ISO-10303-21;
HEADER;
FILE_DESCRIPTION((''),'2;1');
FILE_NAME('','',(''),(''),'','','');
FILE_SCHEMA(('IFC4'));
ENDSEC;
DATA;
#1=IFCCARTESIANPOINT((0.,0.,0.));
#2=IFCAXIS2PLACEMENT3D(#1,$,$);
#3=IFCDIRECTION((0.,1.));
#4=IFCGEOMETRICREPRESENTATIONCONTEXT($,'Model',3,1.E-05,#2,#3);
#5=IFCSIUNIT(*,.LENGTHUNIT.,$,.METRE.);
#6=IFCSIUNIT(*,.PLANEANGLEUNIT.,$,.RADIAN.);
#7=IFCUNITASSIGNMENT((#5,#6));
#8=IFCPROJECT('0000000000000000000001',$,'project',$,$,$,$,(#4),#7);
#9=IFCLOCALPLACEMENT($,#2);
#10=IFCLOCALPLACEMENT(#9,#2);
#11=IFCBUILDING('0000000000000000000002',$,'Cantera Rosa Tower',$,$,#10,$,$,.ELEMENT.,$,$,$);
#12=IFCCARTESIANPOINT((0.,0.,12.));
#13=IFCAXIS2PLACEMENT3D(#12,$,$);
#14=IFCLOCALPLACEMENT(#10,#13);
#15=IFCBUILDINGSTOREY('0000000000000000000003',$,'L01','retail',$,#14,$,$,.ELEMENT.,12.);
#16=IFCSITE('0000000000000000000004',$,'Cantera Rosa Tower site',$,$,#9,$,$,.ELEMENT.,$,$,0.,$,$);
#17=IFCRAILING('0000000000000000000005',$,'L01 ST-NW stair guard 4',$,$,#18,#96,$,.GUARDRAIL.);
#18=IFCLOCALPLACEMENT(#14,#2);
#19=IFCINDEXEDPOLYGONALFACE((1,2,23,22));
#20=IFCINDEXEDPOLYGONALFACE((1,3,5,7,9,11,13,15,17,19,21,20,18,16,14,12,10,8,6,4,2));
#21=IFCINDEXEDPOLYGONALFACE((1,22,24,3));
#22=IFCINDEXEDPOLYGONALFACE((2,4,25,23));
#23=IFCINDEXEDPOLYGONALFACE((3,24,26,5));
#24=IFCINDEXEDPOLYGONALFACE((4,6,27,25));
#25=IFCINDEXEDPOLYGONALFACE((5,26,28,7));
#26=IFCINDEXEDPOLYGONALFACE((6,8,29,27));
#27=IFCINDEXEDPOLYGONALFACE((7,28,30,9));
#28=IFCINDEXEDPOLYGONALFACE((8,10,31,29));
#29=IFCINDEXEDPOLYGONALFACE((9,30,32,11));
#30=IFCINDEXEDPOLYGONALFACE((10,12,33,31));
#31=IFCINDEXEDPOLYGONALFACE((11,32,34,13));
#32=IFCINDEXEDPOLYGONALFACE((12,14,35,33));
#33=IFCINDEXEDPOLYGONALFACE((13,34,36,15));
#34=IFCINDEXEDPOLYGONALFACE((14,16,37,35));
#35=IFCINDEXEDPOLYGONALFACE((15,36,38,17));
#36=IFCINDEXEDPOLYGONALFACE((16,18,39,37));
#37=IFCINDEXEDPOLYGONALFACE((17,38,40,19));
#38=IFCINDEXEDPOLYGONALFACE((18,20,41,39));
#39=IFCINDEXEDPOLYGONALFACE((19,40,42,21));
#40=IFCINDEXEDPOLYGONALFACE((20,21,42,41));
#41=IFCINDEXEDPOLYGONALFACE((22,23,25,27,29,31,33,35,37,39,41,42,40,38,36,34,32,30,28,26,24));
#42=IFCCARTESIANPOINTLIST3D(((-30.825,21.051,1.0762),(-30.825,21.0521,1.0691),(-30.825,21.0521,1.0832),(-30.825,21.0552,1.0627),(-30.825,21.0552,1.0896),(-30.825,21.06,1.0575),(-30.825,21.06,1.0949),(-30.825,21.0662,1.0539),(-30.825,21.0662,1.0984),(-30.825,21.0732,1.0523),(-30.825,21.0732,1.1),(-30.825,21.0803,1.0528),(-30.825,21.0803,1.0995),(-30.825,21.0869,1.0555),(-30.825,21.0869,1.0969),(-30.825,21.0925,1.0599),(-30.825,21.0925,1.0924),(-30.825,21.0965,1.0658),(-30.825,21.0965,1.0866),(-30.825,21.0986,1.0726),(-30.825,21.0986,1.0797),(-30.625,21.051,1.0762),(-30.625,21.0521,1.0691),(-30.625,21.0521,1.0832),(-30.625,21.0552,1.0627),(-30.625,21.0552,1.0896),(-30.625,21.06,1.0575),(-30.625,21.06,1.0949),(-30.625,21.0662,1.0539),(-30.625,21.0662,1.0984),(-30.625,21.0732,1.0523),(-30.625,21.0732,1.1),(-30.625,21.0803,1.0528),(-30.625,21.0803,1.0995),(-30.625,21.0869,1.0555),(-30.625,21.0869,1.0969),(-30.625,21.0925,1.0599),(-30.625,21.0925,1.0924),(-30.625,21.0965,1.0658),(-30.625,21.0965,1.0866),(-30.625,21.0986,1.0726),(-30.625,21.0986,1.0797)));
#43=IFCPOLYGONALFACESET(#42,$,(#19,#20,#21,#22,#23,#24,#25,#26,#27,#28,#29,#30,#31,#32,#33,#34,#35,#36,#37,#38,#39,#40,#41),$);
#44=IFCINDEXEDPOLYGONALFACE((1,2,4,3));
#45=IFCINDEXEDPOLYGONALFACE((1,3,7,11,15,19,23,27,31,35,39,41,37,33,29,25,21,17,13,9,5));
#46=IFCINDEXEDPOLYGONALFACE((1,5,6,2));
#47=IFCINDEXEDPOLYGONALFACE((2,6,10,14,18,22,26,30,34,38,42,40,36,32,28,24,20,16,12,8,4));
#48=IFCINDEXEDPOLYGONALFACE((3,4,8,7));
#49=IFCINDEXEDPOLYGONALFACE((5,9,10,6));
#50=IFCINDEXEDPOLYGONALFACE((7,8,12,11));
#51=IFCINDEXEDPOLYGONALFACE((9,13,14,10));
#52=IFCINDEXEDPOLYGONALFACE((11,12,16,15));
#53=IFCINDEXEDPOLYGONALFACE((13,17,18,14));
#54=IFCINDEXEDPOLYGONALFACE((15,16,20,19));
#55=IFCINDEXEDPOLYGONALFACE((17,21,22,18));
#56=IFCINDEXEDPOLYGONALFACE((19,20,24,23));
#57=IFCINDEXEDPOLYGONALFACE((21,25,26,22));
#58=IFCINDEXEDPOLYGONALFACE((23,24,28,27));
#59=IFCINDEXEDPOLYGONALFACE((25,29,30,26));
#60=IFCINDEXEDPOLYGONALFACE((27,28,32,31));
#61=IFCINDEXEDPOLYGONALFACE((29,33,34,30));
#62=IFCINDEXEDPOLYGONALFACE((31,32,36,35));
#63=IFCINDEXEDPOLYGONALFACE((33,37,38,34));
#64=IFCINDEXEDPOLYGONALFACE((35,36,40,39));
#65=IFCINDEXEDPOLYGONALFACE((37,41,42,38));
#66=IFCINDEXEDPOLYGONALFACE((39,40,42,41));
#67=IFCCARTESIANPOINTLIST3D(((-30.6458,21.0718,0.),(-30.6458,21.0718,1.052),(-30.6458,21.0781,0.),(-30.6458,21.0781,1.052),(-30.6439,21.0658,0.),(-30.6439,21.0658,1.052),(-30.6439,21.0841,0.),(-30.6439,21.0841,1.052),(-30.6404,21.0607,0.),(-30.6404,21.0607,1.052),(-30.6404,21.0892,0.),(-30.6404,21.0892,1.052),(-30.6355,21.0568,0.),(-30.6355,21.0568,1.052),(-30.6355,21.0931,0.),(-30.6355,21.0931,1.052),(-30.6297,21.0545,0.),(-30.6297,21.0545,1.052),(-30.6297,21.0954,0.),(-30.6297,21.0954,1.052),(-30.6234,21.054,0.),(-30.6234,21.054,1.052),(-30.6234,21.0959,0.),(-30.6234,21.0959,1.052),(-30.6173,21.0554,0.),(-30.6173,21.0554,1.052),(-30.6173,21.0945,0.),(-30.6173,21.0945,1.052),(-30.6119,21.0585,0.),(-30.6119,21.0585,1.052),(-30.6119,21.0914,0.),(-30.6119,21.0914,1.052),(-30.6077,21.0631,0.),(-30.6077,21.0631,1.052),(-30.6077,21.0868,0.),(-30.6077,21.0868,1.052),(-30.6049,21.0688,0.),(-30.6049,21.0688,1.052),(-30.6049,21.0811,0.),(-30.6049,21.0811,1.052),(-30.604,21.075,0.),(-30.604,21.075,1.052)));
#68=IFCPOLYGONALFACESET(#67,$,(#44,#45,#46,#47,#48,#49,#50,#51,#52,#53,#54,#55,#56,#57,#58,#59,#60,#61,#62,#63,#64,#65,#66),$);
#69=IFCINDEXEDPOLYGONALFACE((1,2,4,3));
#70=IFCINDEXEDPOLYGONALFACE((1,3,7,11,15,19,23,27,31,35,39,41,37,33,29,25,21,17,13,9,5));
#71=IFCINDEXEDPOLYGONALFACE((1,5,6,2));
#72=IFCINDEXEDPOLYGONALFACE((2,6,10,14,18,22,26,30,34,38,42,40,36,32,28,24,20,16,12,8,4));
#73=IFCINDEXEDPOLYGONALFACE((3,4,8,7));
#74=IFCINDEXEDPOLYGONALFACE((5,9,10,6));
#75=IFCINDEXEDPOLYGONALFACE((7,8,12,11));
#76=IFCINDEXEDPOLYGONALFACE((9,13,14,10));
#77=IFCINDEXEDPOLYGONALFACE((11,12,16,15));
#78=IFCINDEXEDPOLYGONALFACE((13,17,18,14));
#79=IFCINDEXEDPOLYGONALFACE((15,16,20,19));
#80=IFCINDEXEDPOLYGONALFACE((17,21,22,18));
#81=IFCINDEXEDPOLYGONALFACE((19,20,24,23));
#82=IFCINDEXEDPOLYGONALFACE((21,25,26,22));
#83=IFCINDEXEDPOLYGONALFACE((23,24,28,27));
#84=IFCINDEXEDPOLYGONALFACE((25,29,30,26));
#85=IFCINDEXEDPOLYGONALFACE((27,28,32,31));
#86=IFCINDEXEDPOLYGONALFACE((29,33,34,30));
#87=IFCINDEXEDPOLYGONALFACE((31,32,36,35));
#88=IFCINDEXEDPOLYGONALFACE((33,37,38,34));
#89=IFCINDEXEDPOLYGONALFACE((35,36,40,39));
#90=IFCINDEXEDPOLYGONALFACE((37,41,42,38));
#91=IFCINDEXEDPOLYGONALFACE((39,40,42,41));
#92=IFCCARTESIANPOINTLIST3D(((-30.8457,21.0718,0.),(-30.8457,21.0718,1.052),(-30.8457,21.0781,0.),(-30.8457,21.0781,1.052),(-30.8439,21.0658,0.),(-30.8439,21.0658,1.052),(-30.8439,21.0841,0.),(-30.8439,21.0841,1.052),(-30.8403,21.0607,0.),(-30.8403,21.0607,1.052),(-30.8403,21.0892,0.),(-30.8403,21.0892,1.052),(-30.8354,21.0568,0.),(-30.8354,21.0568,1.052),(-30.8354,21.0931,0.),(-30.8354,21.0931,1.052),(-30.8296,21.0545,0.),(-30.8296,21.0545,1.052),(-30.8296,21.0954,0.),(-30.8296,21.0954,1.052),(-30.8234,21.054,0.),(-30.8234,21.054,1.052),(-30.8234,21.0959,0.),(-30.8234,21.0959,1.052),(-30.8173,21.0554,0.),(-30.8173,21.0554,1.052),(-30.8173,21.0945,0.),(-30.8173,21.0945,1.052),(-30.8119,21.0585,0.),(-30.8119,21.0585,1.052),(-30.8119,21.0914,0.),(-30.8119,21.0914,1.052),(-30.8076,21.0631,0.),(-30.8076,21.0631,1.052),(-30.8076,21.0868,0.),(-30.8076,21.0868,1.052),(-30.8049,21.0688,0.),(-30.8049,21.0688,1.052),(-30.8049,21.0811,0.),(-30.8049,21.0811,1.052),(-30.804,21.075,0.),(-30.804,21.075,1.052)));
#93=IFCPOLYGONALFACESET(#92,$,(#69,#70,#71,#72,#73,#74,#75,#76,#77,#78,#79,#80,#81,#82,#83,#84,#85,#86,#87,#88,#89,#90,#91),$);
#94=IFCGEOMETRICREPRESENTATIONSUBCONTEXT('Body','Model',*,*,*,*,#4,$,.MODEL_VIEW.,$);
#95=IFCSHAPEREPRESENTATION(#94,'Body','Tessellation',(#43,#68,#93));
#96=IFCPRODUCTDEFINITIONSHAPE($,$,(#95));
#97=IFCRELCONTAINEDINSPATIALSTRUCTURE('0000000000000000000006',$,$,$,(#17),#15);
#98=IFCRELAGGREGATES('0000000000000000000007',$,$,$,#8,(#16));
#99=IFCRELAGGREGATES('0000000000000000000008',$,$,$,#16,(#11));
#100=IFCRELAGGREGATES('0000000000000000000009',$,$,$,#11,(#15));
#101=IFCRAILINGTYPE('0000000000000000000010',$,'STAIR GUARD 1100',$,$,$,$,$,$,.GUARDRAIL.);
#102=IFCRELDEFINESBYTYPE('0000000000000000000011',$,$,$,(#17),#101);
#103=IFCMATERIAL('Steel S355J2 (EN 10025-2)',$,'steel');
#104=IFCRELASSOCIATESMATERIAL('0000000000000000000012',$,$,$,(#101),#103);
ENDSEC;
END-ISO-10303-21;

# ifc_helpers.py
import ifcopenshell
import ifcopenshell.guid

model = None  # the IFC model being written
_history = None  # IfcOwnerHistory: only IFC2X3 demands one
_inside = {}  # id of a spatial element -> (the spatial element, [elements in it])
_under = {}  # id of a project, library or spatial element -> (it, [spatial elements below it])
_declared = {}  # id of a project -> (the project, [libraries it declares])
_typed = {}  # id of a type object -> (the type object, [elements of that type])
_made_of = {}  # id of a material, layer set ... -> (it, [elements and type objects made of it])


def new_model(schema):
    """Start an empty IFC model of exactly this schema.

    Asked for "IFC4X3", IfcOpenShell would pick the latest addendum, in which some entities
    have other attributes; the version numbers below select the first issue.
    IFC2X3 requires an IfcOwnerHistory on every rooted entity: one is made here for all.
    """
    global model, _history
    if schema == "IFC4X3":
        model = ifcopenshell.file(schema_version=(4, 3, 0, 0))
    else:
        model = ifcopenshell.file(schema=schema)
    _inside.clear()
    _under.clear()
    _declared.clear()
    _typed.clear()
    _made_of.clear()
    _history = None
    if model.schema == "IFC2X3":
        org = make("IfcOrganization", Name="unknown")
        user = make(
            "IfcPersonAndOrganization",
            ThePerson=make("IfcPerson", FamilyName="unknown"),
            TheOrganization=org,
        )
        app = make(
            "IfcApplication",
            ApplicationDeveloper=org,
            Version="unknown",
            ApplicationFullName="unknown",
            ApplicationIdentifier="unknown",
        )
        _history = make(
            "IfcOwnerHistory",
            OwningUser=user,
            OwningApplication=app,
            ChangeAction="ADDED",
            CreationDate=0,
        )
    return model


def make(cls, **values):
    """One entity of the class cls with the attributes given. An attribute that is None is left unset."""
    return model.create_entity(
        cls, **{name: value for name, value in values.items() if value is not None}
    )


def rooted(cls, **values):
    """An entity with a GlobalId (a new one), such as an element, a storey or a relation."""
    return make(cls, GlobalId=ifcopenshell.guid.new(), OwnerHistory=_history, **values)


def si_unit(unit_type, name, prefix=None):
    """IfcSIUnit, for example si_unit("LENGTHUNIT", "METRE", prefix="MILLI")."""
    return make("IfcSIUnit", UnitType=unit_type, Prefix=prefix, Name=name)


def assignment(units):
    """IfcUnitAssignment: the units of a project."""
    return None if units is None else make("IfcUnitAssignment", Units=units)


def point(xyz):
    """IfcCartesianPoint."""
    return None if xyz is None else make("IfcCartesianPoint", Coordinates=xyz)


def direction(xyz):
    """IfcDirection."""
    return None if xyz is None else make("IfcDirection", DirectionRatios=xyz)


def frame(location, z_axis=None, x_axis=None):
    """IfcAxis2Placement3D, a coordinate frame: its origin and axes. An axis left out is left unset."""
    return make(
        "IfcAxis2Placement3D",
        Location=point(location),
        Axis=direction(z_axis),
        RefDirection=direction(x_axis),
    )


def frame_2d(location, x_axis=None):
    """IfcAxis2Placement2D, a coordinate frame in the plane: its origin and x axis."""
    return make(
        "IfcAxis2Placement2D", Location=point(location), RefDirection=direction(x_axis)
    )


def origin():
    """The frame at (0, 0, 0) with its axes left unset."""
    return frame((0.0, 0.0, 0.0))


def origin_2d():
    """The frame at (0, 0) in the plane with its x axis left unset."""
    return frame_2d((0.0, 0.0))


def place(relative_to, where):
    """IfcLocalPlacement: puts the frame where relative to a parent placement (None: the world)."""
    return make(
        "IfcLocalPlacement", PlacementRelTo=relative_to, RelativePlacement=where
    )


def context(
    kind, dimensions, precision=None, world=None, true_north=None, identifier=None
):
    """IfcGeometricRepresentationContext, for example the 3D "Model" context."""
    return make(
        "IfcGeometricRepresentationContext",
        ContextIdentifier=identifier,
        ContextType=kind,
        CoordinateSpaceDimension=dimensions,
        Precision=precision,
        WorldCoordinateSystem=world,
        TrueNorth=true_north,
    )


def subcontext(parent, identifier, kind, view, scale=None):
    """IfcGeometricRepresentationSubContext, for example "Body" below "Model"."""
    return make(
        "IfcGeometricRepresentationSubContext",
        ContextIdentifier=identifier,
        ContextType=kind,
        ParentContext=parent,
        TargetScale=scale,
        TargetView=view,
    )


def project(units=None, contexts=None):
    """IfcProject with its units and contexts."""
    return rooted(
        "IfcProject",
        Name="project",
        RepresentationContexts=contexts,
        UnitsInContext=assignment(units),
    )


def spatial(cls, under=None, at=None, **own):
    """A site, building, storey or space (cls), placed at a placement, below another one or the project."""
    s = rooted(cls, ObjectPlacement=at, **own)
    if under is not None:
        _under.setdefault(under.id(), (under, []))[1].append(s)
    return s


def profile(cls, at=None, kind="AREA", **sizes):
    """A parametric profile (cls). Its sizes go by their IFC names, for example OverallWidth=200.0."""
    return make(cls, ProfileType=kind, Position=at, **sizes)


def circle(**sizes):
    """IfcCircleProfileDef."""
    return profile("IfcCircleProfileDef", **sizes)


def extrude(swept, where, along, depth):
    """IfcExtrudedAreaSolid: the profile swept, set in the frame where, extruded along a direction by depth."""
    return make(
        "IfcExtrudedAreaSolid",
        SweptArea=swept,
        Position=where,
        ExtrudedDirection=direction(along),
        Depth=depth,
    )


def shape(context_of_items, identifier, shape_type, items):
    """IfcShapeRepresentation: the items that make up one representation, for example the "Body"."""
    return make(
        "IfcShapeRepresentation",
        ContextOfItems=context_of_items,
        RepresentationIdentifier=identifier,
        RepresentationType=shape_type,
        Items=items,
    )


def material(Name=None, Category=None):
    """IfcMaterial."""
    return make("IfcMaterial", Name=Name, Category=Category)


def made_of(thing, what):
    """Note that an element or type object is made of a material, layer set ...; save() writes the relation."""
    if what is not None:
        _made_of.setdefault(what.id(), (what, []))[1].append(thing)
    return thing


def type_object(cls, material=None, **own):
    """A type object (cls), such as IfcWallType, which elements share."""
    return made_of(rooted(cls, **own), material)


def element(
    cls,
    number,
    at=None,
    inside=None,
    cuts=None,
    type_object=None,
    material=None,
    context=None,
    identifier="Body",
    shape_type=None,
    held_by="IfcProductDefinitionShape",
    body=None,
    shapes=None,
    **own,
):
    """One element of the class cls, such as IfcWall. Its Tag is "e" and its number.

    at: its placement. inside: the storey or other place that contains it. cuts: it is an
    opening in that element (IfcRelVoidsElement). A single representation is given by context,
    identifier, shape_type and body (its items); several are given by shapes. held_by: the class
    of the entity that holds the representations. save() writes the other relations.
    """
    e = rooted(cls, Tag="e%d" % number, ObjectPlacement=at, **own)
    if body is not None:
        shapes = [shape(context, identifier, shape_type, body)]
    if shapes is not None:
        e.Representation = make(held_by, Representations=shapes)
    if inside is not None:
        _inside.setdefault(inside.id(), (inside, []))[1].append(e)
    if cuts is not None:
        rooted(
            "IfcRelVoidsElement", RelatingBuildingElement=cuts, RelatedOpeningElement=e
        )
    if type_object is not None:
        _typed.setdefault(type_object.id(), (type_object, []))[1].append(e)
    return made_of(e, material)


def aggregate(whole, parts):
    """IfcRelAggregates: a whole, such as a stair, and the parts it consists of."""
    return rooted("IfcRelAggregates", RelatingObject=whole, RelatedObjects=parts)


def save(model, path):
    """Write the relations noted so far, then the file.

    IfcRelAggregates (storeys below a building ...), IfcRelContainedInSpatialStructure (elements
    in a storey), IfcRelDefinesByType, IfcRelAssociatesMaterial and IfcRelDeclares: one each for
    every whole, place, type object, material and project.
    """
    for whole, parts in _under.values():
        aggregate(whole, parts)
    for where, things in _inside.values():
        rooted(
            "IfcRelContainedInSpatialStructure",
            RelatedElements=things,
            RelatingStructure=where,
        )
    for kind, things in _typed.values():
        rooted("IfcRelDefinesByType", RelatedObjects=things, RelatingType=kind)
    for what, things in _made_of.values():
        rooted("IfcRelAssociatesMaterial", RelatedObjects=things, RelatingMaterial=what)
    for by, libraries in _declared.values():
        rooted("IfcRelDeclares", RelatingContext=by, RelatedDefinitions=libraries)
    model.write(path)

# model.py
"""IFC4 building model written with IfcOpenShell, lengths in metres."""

from ifc_helpers import new_model, si_unit, direction, frame, origin, origin_2d, place, context, subcontext, project, spatial, circle, extrude, material, type_object, element, save


model = new_model("IFC4")

# Units and contexts
model_context = context("Model", 3, precision=1e-05, world=origin(), true_north=direction((0.0, 1.0)))
body_context = subcontext(model_context, "Body", "Model", "MODEL_VIEW")
ifc_project = project(units=[si_unit("LENGTHUNIT", "METRE"), si_unit("PLANEANGLEUNIT", "RADIAN")], contexts=[model_context])

# Site, building, storey
site_placement = place(None, origin())
site = spatial("IfcSite", under=ifc_project, at=site_placement, Name="Cantera Rosa Tower site", CompositionType="ELEMENT", RefElevation=0.0)
building_placement = place(site_placement, origin())
building = spatial("IfcBuilding", under=site, at=building_placement, Name="Cantera Rosa Tower", CompositionType="ELEMENT")
storey_placement = place(building_placement, frame((0.0, 0.0, 12.0)))
storey = spatial("IfcBuildingStorey", under=building, at=storey_placement, Name="L01", Description="retail", CompositionType="ELEMENT", Elevation=12.0)

# Railing
ifc_material_1 = material(Name="Steel S355J2 (EN 10025-2)", Category="steel")
railing_type_1 = type_object("IfcRailingType", Name="STAIR GUARD 1100", PredefinedType="GUARDRAIL", material=ifc_material_1)
railing_1_placement = place(storey_placement, frame((-30.625, 21.075, 0.0)))
element("IfcRailing", 1, at=railing_1_placement, inside=storey, type_object=railing_type_1, Name="L01 ST-NW stair guard 4", PredefinedType="GUARDRAIL", context=body_context, shape_type="SweptSolid", body=[
    extrude(circle(Radius=0.0239, at=origin_2d()), frame((0.0, 0.0, 1.0762), z_axis=(-1.0, 0.0, 0.0), x_axis=(0.0, -1.0, 0.0)), (0.0, 0.0, 1.0), 0.2),
    extrude(circle(Radius=0.021, at=origin_2d()), origin(), (0.0, 0.0, 1.0), 1.052),
    extrude(circle(Radius=0.021, at=origin_2d()), frame((-0.2, 0.0, 0.0)), (0.0, 0.0, 1.0), 1.052),
])

save(model, "model.ifc")
